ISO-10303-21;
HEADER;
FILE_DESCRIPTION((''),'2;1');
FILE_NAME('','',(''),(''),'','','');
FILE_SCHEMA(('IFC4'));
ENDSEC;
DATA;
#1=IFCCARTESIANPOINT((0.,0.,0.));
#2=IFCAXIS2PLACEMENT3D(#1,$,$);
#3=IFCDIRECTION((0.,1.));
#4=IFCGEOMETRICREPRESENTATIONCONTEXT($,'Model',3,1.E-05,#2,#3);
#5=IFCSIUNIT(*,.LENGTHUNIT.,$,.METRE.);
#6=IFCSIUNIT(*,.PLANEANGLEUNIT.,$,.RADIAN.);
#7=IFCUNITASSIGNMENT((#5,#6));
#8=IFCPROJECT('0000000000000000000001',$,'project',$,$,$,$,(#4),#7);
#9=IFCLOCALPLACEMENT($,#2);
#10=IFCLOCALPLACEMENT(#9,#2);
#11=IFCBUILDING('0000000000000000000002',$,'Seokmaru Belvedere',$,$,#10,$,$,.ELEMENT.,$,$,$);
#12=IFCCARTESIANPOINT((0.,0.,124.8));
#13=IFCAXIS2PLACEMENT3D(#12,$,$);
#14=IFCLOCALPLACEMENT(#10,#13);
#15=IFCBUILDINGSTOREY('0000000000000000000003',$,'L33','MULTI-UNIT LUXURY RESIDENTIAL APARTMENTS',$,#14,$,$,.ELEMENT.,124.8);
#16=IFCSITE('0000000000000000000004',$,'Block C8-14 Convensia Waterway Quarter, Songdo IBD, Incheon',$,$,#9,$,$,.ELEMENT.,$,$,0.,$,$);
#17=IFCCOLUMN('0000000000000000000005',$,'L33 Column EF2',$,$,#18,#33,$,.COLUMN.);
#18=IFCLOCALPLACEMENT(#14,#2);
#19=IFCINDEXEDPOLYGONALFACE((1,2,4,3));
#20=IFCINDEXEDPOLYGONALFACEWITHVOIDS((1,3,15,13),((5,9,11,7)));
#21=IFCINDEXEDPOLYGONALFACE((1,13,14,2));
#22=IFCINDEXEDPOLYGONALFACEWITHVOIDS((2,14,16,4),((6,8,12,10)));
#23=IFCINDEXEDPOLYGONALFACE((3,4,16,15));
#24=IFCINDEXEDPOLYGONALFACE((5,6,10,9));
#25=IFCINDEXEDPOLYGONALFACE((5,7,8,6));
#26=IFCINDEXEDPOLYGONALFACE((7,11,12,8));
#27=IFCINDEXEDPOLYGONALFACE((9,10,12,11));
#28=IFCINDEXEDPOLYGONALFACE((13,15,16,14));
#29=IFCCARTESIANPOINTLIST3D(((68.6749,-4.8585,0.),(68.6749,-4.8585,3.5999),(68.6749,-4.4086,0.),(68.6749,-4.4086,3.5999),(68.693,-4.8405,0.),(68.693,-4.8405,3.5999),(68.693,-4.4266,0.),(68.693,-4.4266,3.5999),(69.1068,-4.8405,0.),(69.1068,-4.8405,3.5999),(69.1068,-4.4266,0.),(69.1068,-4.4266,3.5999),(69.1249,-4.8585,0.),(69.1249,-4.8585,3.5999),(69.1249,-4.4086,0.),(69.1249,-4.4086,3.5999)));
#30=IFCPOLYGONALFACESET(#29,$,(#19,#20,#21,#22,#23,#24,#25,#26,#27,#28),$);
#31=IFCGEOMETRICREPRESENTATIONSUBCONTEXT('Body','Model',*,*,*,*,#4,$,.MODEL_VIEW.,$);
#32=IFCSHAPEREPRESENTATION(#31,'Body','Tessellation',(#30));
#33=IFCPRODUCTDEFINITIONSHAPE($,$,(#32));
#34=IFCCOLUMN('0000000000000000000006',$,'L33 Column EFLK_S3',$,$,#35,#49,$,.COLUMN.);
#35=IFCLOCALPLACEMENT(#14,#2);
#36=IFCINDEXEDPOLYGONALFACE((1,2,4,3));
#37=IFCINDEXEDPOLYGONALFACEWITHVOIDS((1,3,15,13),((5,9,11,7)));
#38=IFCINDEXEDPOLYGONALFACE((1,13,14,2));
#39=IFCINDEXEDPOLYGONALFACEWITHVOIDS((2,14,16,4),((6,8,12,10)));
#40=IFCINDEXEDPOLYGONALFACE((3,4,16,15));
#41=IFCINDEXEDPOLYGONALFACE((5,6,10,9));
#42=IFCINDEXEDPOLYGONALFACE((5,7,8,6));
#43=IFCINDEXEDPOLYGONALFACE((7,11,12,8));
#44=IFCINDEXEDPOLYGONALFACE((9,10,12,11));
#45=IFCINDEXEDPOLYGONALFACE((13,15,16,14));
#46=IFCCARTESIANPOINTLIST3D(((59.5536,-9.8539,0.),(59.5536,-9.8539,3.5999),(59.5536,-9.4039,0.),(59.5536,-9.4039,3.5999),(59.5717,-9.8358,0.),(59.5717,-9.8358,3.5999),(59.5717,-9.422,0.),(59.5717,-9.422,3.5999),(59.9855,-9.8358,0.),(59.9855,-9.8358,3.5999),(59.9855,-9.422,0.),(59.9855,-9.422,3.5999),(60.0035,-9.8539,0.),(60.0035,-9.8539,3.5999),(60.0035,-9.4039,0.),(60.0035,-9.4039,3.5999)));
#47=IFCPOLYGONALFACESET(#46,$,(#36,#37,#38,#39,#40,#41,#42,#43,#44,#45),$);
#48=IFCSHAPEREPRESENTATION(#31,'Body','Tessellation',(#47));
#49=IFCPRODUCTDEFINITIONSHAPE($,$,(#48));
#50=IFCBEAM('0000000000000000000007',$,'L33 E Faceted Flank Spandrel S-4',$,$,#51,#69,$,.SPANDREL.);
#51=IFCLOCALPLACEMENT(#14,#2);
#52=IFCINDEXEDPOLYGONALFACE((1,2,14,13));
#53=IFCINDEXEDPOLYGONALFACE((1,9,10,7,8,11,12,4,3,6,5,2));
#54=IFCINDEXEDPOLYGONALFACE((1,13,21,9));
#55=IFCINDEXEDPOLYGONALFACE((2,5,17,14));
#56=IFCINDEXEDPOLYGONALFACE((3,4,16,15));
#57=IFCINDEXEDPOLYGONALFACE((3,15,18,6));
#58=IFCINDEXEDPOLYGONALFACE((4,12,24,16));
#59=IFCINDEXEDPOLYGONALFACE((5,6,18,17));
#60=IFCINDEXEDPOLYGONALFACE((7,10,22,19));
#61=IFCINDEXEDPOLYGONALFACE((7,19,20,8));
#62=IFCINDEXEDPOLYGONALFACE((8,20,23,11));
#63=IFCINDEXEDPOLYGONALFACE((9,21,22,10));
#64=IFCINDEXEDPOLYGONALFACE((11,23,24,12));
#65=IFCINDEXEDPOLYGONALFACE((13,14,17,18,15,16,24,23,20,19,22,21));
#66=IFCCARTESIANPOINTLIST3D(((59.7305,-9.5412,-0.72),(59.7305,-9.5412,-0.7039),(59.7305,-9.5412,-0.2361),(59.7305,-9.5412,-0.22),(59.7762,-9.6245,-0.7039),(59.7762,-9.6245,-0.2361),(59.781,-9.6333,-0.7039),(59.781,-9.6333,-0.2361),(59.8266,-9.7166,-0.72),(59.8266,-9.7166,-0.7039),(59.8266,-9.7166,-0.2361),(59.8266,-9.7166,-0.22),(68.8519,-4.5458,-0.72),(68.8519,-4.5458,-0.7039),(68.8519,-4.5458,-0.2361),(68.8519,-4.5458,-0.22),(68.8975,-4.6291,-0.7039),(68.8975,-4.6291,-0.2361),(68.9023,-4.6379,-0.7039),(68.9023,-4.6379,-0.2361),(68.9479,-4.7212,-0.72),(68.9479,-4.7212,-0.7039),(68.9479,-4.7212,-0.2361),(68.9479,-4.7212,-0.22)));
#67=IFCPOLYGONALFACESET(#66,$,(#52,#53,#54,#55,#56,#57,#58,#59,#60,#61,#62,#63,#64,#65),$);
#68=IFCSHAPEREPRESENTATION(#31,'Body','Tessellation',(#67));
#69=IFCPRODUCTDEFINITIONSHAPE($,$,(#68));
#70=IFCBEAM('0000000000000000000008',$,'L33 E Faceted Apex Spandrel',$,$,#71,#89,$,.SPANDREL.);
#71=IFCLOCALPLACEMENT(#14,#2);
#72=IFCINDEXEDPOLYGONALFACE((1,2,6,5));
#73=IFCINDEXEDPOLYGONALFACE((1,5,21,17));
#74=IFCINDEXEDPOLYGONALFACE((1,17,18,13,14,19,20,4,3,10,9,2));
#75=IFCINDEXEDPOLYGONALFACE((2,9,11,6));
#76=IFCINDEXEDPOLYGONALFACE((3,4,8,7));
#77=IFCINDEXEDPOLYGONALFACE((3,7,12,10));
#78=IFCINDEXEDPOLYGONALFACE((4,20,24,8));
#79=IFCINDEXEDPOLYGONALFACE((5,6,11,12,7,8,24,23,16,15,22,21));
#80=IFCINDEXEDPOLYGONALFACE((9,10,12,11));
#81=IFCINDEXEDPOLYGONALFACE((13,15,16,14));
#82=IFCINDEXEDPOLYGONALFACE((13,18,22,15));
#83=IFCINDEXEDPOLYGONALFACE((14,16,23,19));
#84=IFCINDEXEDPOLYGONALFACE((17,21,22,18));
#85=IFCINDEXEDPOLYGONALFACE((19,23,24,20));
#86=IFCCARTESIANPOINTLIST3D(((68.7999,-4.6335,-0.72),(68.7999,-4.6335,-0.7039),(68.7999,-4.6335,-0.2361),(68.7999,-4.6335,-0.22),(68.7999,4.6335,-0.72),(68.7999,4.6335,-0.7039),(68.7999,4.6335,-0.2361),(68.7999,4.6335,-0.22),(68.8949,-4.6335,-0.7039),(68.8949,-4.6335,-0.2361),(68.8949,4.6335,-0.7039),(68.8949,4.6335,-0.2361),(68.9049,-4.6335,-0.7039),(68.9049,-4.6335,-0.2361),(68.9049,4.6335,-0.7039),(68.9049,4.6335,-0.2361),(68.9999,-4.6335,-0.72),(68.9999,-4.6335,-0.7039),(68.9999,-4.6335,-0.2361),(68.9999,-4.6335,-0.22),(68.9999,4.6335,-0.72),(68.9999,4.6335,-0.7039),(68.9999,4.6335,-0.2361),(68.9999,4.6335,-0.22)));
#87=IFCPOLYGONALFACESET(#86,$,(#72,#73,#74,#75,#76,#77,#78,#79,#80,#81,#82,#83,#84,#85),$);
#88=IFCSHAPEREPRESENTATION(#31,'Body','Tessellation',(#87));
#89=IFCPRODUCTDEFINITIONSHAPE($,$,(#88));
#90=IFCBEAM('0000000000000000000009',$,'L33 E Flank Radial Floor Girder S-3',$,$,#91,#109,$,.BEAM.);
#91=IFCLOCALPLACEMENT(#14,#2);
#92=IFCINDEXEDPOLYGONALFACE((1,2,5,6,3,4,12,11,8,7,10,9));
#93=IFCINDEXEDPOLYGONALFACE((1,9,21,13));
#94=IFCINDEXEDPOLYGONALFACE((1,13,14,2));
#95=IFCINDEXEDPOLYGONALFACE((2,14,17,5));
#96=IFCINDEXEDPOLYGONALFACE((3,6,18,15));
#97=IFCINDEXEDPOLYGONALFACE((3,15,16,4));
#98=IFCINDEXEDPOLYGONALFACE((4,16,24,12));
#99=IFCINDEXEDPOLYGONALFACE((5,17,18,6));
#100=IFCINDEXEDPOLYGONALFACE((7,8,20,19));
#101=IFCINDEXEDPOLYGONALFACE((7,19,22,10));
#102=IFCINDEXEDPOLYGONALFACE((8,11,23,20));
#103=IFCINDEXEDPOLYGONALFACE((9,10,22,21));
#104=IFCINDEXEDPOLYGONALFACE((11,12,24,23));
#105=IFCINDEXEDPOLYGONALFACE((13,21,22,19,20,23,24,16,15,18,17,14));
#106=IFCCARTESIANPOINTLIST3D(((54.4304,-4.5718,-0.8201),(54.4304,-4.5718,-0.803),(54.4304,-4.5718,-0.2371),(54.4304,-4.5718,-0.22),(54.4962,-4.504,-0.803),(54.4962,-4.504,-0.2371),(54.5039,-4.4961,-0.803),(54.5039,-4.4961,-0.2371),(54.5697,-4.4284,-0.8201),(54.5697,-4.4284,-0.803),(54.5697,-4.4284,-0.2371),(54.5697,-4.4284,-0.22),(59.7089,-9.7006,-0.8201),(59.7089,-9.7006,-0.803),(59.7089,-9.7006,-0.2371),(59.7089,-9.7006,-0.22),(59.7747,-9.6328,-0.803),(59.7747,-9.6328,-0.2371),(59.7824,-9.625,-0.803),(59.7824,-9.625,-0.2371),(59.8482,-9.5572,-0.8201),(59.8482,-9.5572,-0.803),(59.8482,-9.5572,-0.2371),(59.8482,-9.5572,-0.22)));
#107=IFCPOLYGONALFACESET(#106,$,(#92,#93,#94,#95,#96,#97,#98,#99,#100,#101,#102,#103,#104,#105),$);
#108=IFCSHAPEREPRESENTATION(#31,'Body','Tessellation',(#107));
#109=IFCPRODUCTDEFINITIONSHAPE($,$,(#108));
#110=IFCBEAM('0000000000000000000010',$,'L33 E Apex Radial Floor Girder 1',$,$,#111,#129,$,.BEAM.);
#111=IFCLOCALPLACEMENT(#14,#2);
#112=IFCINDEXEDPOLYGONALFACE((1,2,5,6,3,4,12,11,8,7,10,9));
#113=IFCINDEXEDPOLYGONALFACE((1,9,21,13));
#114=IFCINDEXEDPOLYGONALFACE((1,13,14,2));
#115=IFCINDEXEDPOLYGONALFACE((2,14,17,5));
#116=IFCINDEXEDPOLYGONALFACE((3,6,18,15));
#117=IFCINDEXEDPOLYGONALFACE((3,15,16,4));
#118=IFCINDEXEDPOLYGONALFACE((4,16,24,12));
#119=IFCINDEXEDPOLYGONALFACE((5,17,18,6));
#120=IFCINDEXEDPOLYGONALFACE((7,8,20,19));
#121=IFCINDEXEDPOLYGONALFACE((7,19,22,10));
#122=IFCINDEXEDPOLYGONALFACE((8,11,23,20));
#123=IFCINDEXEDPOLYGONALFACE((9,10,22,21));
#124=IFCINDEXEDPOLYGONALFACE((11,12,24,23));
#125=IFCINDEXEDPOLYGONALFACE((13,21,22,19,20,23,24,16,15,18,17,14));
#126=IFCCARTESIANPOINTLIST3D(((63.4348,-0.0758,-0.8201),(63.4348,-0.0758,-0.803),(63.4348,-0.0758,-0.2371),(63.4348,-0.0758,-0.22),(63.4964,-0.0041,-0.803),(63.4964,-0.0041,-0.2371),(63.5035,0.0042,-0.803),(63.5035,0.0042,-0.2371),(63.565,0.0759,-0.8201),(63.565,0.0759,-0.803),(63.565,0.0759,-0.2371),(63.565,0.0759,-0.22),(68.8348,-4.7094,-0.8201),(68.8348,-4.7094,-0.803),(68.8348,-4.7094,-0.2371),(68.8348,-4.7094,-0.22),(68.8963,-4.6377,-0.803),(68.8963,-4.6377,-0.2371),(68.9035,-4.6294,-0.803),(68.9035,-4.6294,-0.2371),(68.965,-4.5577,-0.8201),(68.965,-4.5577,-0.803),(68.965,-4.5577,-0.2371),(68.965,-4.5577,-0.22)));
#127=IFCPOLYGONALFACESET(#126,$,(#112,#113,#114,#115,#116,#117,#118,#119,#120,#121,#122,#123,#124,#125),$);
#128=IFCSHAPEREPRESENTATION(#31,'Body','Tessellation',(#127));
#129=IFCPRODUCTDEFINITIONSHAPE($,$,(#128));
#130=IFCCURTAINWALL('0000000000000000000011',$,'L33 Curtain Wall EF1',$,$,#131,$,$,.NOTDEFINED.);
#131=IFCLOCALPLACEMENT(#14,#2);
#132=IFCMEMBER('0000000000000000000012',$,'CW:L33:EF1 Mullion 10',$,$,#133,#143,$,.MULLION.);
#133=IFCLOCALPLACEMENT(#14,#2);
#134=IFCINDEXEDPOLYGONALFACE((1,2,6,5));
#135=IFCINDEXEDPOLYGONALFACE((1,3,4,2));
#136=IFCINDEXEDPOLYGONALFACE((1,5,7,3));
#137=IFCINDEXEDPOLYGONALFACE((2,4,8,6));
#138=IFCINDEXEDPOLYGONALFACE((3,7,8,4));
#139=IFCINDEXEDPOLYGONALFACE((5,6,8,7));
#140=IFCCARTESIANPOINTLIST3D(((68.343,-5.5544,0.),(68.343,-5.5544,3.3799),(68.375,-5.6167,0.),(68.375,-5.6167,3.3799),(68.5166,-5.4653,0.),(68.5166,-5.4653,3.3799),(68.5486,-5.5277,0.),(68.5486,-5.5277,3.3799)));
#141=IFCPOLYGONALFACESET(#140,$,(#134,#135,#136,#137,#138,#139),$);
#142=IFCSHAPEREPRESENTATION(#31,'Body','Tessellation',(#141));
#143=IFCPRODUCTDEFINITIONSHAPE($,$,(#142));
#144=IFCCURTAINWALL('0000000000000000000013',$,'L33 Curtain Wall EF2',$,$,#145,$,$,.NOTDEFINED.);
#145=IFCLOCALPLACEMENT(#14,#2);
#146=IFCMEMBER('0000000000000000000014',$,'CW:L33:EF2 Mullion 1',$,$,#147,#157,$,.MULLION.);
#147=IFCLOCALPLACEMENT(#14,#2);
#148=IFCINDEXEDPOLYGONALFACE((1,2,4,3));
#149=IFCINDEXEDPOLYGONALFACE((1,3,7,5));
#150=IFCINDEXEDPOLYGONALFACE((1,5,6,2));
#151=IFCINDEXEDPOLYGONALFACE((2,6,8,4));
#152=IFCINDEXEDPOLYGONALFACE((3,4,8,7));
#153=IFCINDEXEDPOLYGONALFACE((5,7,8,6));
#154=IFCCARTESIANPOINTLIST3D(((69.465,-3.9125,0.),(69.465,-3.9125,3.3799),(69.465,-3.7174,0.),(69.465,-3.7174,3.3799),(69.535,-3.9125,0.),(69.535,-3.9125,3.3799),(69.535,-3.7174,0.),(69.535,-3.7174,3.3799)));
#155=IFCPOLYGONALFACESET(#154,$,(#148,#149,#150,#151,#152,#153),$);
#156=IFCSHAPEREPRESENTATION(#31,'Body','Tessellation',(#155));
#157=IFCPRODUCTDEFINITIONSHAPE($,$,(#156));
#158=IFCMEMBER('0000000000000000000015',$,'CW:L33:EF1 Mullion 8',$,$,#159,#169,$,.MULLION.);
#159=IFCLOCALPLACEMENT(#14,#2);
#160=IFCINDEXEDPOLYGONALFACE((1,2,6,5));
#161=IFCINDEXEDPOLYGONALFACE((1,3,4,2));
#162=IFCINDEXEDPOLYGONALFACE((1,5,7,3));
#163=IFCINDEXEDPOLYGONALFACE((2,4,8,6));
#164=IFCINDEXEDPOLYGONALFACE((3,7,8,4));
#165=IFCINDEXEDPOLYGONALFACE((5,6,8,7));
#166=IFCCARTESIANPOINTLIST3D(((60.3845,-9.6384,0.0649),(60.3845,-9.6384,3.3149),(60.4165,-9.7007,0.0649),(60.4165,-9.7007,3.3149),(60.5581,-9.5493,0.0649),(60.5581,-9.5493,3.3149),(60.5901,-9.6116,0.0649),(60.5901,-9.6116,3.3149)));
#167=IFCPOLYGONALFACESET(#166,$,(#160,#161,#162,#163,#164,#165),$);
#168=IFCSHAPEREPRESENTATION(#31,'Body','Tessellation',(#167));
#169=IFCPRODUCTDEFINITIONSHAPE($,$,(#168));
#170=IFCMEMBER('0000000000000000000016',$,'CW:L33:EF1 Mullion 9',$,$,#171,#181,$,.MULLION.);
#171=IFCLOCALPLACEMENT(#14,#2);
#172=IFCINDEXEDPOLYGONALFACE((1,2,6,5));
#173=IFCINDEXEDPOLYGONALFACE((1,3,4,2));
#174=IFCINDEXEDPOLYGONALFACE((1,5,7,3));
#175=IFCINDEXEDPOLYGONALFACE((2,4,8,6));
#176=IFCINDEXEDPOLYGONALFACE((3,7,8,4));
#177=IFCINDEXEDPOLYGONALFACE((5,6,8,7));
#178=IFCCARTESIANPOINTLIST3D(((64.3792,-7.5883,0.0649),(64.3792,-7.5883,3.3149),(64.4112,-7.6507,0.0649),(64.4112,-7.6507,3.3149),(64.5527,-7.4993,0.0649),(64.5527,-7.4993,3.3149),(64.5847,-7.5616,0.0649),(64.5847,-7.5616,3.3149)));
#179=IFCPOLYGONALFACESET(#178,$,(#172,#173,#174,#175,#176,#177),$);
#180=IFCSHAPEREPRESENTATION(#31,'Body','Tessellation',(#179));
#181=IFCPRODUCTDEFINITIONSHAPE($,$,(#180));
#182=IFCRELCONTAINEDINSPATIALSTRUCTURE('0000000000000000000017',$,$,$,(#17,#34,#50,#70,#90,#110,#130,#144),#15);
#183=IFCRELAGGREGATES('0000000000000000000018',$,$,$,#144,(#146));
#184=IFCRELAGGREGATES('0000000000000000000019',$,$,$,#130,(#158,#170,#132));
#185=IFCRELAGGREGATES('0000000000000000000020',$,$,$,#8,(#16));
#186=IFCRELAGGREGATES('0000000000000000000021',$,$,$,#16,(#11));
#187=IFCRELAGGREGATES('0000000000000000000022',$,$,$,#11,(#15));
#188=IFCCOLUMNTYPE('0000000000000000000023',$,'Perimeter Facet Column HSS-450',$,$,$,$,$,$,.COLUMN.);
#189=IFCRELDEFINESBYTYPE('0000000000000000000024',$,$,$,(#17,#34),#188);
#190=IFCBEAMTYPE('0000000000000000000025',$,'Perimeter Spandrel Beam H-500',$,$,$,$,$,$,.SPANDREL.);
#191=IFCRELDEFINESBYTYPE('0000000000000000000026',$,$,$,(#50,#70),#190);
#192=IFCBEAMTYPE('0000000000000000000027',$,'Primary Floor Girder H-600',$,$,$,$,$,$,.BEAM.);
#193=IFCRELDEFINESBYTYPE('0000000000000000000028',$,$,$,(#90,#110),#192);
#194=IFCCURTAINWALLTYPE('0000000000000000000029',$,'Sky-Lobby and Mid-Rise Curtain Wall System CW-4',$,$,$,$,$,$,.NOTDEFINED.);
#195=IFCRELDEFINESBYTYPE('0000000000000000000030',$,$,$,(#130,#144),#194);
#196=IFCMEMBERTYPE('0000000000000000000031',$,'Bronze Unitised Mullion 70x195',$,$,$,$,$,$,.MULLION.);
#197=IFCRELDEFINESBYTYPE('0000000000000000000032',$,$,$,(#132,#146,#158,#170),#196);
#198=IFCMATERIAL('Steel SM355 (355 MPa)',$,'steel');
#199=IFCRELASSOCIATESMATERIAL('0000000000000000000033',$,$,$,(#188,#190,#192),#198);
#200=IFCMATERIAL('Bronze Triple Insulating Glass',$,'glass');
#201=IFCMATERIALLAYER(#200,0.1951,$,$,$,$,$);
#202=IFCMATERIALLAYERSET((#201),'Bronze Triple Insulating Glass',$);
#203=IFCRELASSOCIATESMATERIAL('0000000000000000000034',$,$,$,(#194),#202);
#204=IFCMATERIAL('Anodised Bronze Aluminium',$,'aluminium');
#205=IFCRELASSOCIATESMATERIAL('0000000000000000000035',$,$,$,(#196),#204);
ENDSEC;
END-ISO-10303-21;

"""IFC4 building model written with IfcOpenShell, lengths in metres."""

from ifc_helpers import new_model, si_unit, direction, frame, origin, origin_2d, place, context, subcontext, project, spatial, rectangle, hollow_rectangle, i_section, extrude, source, transform, mapped, material, layer, layer_set, material_profile, profile_set, type_object, type_shapes, element, aggregate, save


model = new_model("IFC4")

# Units and contexts
model_context = context("Model", 3, precision=1e-05, world=origin(), true_north=direction((0.0, 1.0)))
body_context = subcontext(model_context, "Body", "Model", "MODEL_VIEW")
ifc_project = project(units=[si_unit("LENGTHUNIT", "METRE"), si_unit("PLANEANGLEUNIT", "RADIAN")], contexts=[model_context])

# Site, building, storey
site_placement = place(None, origin())
site = spatial("IfcSite", under=ifc_project, at=site_placement, Name="Block C8-14 Convensia Waterway Quarter, Songdo IBD, Incheon", CompositionType="ELEMENT", RefElevation=0.0)
building_placement = place(site_placement, origin())
building = spatial("IfcBuilding", under=site, at=building_placement, Name="Seokmaru Belvedere", CompositionType="ELEMENT")
storey_placement = place(building_placement, frame((0.0, 0.0, 124.8)))
storey = spatial("IfcBuildingStorey", under=building, at=storey_placement, Name="L33", Description="MULTI-UNIT LUXURY RESIDENTIAL APARTMENTS", CompositionType="ELEMENT", Elevation=124.8)

# Columns
ifc_material_1 = material(Name="Steel SM355 (355 MPa)", Category="steel")
ifc_material_profile_1 = material_profile(ifc_material_1, hollow_rectangle(XDim=0.45, YDim=0.45, WallThickness=0.0181, at=origin_2d()), Name="HSS-450x450x18")
ifc_profile_set_1 = profile_set([ifc_material_profile_1], Name="Steel SM355 (355 MPa)")
column_type = type_object("IfcColumnType", Name="Perimeter Facet Column HSS-450", PredefinedType="COLUMN", material=ifc_profile_set_1)
shared_shape_1 = source(origin(), body_context, "Body", "SweptSolid", [
    extrude(hollow_rectangle(XDim=0.45, YDim=0.45, WallThickness=0.0181, at=origin_2d()), origin(), (0.0, 0.0, 1.0), 3.5999),
])
type_shapes(column_type, [shared_shape_1])
for number, where, z_axis, x_axis, name in (
    (1, (68.8999, -4.6335, 0.0), (0.0, 0.0, 1.0), (1.0, 0.0, 0.0), "L33 Column EF2"),
    (2, (59.7786, -9.6289, 0.0), (0.0, 0.0, 1.0), (1.0, 0.0, 0.0), "L33 Column EFLK_S3"),
):
    element("IfcColumn", number, at=place(storey_placement, frame(where, z_axis=z_axis, x_axis=x_axis)), inside=storey, type_object=column_type, Name=name, PredefinedType="COLUMN", context=body_context, shape_type="MappedRepresentation", body=[
        mapped(shared_shape_1, transform((0.0, 0.0, 0.0), scale=1.0)),
    ])

# Beams
ifc_material_profile_2 = material_profile(ifc_material_1, i_section(OverallWidth=0.2, OverallDepth=0.5, WebThickness=0.01, FlangeThickness=0.0161, at=origin_2d()), Name="H-500x200x10x16")
ifc_profile_set_2 = profile_set([ifc_material_profile_2], Name="Steel SM355 (355 MPa)")
beam_type_1 = type_object("IfcBeamType", Name="Perimeter Spandrel Beam H-500", PredefinedType="SPANDREL", material=ifc_profile_set_2)
shared_shape_2 = source(origin(), body_context, "Body", "SweptSolid", [
    extrude(i_section(OverallWidth=0.2, OverallDepth=0.5, WebThickness=0.01, FlangeThickness=0.0161, at=origin_2d()), origin(), (0.0, 0.0, 1.0), 10.3997),
])
beam_1_placement = place(storey_placement, frame((59.7786, -9.6289, -0.47), z_axis=(0.877082, 0.48034, 0.0), x_axis=(-0.48034, 0.877082, 0.0)))
element("IfcBeam", 3, at=beam_1_placement, inside=storey, type_object=beam_type_1, Name="L33 E Faceted Flank Spandrel S-4", PredefinedType="SPANDREL", context=body_context, shape_type="MappedRepresentation", body=[
    mapped(shared_shape_2, transform((0.0, 0.0, 0.0), scale=1.0)),
])
shared_shape_3 = source(origin(), body_context, "Body", "SweptSolid", [
    extrude(i_section(OverallWidth=0.2, OverallDepth=0.5, WebThickness=0.01, FlangeThickness=0.0161, at=origin_2d()), origin(), (0.0, 0.0, 1.0), 9.2671),
])
type_shapes(beam_type_1, [shared_shape_2, shared_shape_3])
beam_2_placement = place(storey_placement, frame((68.8999, -4.6335, -0.47), z_axis=(0.0, 1.0, 0.0), x_axis=(-1.0, 0.0, 0.0)))
element("IfcBeam", 4, at=beam_2_placement, inside=storey, type_object=beam_type_1, Name="L33 E Faceted Apex Spandrel", PredefinedType="SPANDREL", context=body_context, shape_type="MappedRepresentation", body=[
    mapped(shared_shape_3, transform((0.0, 0.0, 0.0), scale=1.0)),
])
ifc_material_profile_3 = material_profile(ifc_material_1, i_section(OverallWidth=0.2, OverallDepth=0.6001, WebThickness=0.011, FlangeThickness=0.0171, at=origin_2d()), Name="H-600x200x11x17")
ifc_profile_set_3 = profile_set([ifc_material_profile_3], Name="Steel SM355 (355 MPa)")
beam_type_2 = type_object("IfcBeamType", Name="Primary Floor Girder H-600", PredefinedType="BEAM", material=ifc_profile_set_3)
shared_shape_4 = source(origin(), body_context, "Body", "SweptSolid", [
    extrude(i_section(OverallWidth=0.2, OverallDepth=0.6001, WebThickness=0.011, FlangeThickness=0.0171, at=origin_2d()), origin(), (0.0, 0.0, 1.0), 7.3599),
])
beam_3_placement = place(storey_placement, frame((59.7786, -9.6289, -0.52), z_axis=(-0.717201, 0.696867, 0.0), x_axis=(-0.696867, -0.717201, 0.0)))
element("IfcBeam", 5, at=beam_3_placement, inside=storey, type_object=beam_type_2, Name="L33 E Flank Radial Floor Girder S-3", PredefinedType="BEAM", context=body_context, shape_type="MappedRepresentation", body=[
    mapped(shared_shape_4, transform((0.0, 0.0, 0.0), scale=1.0)),
])
shared_shape_5 = source(origin(), body_context, "Body", "SweptSolid", [
    extrude(i_section(OverallWidth=0.2, OverallDepth=0.6001, WebThickness=0.011, FlangeThickness=0.0171, at=origin_2d()), origin(), (0.0, 0.0, 1.0), 7.1155),
])
type_shapes(beam_type_2, [shared_shape_4, shared_shape_5])
beam_4_placement = place(storey_placement, frame((68.8999, -4.6335, -0.52), z_axis=(-0.758905, 0.651201, 0.0), x_axis=(-0.651201, -0.758905, 0.0)))
element("IfcBeam", 6, at=beam_4_placement, inside=storey, type_object=beam_type_2, Name="L33 E Apex Radial Floor Girder 1", PredefinedType="BEAM", context=body_context, shape_type="MappedRepresentation", body=[
    mapped(shared_shape_5, transform((0.0, 0.0, 0.0), scale=1.0)),
])

# Curtain walls, members
ifc_material_2 = material(Name="Bronze Triple Insulating Glass", Category="glass")
ifc_layer_1 = layer(ifc_material_2, 0.1951)
ifc_layer_set_1 = layer_set([ifc_layer_1], Name="Bronze Triple Insulating Glass")
curtain_wall_type = type_object("IfcCurtainWallType", Name="Sky-Lobby and Mid-Rise Curtain Wall System CW-4", PredefinedType="NOTDEFINED", material=ifc_layer_set_1)
curtain_wall_1_placement = place(storey_placement, origin())
curtain_wall_1 = element("IfcCurtainWall", 7, at=curtain_wall_1_placement, inside=storey, type_object=curtain_wall_type, Name="L33 Curtain Wall EF1", PredefinedType="NOTDEFINED")
ifc_material_3 = material(Name="Anodised Bronze Aluminium", Category="aluminium")
ifc_material_profile_4 = material_profile(ifc_material_3, rectangle(XDim=0.0701, YDim=0.1951, at=origin_2d()), Name="CW-M-70x195")
ifc_profile_set_4 = profile_set([ifc_material_profile_4], Name="Anodised Bronze Aluminium")
member_type_1 = type_object("IfcMemberType", Name="Bronze Unitised Mullion 70x195", PredefinedType="MULLION", material=ifc_profile_set_4)
shared_shape_6 = source(origin(), body_context, "Body", "SweptSolid", [
    extrude(rectangle(XDim=0.0701, YDim=0.1951, at=origin_2d()), origin(), (0.0, 0.0, 1.0), 3.3799),
])
member_1_placement = place(storey_placement, frame((68.4458, -5.541, 0.0), z_axis=(0.0, 0.0, 1.0), x_axis=(-0.456555, 0.889695, 0.0)))
member_1 = element("IfcMember", 8, at=member_1_placement, type_object=member_type_1, Name="CW:L33:EF1 Mullion 10", PredefinedType="MULLION", context=body_context, shape_type="MappedRepresentation", body=[
    mapped(shared_shape_6, transform((0.0, 0.0, 0.0), scale=1.0)),
])
curtain_wall_2_placement = place(storey_placement, origin())
curtain_wall_2 = element("IfcCurtainWall", 9, at=curtain_wall_2_placement, inside=storey, type_object=curtain_wall_type, Name="L33 Curtain Wall EF2", PredefinedType="NOTDEFINED")
member_2_placement = place(storey_placement, frame((69.5, -3.8149, 0.0), z_axis=(0.0, 0.0, 1.0), x_axis=(-1.0, 0.0, 0.0)))
member_2 = element("IfcMember", 10, at=member_2_placement, type_object=member_type_1, Name="CW:L33:EF2 Mullion 1", PredefinedType="MULLION", context=body_context, shape_type="MappedRepresentation", body=[
    mapped(shared_shape_6, transform((0.0, 0.0, 0.0), scale=1.0)),
])

# Members
shared_shape_7 = source(origin(), body_context, "Body", "SweptSolid", [
    extrude(rectangle(XDim=0.0701, YDim=0.1951, at=origin_2d()), origin(), (0.0, 0.0, 1.0), 3.25),
])
type_shapes(member_type_1, [shared_shape_6, shared_shape_7])
member_3_placement = place(storey_placement, frame((60.4873, -9.625, 0.0649), z_axis=(0.0, 0.0, 1.0), x_axis=(-0.456555, 0.889695, 0.0)))
member_3 = element("IfcMember", 11, at=member_3_placement, type_object=member_type_1, Name="CW:L33:EF1 Mullion 8", PredefinedType="MULLION", context=body_context, shape_type="MappedRepresentation", body=[
    mapped(shared_shape_7, transform((0.0, 0.0, 0.0), scale=1.0)),
])
member_4_placement = place(storey_placement, frame((64.4819, -7.575, 0.0649), z_axis=(0.0, 0.0, 1.0), x_axis=(-0.456555, 0.889695, 0.0)))
member_4 = element("IfcMember", 12, at=member_4_placement, type_object=member_type_1, Name="CW:L33:EF1 Mullion 9", PredefinedType="MULLION", context=body_context, shape_type="MappedRepresentation", body=[
    mapped(shared_shape_7, transform((0.0, 0.0, 0.0), scale=1.0)),
])
aggregate(curtain_wall_2, [member_2])

aggregate(curtain_wall_1, [member_3, member_4, member_1])

save(model, "model.ifc")
